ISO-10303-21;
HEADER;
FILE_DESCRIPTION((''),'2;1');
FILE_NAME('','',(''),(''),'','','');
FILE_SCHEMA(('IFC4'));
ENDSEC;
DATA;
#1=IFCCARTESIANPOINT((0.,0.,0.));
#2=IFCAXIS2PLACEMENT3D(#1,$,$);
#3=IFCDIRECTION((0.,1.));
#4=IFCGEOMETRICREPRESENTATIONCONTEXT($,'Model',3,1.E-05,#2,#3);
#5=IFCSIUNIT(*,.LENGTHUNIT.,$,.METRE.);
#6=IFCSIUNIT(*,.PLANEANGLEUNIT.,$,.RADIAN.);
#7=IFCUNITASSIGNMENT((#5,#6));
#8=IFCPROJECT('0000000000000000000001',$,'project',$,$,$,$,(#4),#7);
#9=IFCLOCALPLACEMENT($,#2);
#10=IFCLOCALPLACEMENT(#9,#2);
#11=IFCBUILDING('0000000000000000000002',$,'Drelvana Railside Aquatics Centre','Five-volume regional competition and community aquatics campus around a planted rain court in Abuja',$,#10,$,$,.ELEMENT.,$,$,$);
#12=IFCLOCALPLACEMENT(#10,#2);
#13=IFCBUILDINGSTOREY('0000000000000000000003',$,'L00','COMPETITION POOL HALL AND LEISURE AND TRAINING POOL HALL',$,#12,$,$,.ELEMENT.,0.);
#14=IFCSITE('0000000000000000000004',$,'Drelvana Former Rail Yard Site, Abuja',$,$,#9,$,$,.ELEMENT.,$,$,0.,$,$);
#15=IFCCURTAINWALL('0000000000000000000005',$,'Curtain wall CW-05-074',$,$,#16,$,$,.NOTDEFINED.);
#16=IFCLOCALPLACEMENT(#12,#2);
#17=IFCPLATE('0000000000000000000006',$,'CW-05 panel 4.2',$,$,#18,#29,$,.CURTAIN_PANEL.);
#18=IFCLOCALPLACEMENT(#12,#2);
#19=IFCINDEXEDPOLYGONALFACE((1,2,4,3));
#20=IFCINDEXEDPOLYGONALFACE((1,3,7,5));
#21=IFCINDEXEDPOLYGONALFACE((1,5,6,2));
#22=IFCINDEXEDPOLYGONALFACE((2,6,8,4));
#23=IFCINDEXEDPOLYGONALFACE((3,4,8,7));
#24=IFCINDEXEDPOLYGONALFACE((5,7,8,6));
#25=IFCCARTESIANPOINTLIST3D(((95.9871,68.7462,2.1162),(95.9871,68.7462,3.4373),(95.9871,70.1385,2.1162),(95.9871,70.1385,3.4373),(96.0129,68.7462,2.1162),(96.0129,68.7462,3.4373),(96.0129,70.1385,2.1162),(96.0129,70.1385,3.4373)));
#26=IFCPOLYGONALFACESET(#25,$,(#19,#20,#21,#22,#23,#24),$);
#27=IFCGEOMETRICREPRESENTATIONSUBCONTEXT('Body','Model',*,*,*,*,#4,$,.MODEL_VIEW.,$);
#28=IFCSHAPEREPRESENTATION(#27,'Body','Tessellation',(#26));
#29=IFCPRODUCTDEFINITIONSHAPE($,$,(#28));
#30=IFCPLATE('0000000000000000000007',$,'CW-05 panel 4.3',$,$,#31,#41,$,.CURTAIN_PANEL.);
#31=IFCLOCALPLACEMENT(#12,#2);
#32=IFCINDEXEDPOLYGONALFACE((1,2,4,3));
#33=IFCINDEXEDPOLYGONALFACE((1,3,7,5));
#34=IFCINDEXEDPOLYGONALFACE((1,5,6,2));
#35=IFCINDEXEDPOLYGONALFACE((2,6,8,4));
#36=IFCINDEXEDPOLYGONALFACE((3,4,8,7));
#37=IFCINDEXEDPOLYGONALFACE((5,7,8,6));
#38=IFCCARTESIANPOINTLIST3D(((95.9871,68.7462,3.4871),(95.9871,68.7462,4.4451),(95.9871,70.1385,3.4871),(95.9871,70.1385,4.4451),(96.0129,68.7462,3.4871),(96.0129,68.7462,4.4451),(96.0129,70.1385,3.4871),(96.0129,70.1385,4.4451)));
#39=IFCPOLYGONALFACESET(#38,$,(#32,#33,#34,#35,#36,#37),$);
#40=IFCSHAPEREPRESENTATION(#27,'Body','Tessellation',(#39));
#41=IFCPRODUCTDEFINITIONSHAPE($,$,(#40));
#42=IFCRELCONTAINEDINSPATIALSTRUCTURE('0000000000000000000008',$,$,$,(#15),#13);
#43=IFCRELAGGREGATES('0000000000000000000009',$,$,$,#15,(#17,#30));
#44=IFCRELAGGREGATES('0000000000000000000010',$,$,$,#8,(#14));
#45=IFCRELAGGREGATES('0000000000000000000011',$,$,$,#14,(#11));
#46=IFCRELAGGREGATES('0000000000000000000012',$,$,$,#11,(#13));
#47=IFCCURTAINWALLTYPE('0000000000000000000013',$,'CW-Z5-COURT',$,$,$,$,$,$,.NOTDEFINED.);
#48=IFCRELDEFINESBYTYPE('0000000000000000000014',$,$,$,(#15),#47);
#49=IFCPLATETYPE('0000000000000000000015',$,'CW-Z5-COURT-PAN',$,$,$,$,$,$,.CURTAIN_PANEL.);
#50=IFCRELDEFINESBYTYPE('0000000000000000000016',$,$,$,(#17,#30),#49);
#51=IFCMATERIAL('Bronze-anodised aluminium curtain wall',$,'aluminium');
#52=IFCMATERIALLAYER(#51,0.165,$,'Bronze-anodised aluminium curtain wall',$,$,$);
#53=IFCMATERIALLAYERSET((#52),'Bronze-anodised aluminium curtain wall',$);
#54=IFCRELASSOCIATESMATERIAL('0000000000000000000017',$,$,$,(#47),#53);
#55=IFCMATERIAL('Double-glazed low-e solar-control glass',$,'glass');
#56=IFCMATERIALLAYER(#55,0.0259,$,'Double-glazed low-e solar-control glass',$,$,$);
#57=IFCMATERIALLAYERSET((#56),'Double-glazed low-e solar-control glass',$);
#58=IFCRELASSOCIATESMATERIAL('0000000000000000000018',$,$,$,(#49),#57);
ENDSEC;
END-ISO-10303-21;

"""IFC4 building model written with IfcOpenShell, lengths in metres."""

from ifc_helpers import new_model, si_unit, direction, frame, origin, origin_2d, place, context, subcontext, project, spatial, rectangle, extrude, material, layer, layer_set, type_object, element, aggregate, save


model = new_model("IFC4")

# Units and contexts
model_context = context("Model", 3, precision=1e-05, world=origin(), true_north=direction((0.0, 1.0)))
body_context = subcontext(model_context, "Body", "Model", "MODEL_VIEW")
ifc_project = project(units=[si_unit("LENGTHUNIT", "METRE"), si_unit("PLANEANGLEUNIT", "RADIAN")], contexts=[model_context])

# Site, building, storey
site_placement = place(None, origin())
site = spatial("IfcSite", under=ifc_project, at=site_placement, Name="Drelvana Former Rail Yard Site, Abuja", CompositionType="ELEMENT", RefElevation=0.0)
building_placement = place(site_placement, origin())
building = spatial("IfcBuilding", under=site, at=building_placement, Name="Drelvana Railside Aquatics Centre", Description="Five-volume regional competition and community aquatics campus around a planted rain court in Abuja", CompositionType="ELEMENT")
storey_placement = place(building_placement, origin())
storey = spatial("IfcBuildingStorey", under=building, at=storey_placement, Name="L00", Description="COMPETITION POOL HALL AND LEISURE AND TRAINING POOL HALL", CompositionType="ELEMENT", Elevation=0.0)

# Curtain wall, plates
ifc_material_1 = material(Name="Bronze-anodised aluminium curtain wall", Category="aluminium")
ifc_layer_1 = layer(ifc_material_1, 0.165, Name="Bronze-anodised aluminium curtain wall")
ifc_layer_set_1 = layer_set([ifc_layer_1], Name="Bronze-anodised aluminium curtain wall")
curtain_wall_type = type_object("IfcCurtainWallType", Name="CW-Z5-COURT", PredefinedType="NOTDEFINED", material=ifc_layer_set_1)
curtain_wall_placement = place(storey_placement, origin())
curtain_wall = element("IfcCurtainWall", 1, at=curtain_wall_placement, inside=storey, type_object=curtain_wall_type, Name="Curtain wall CW-05-074", PredefinedType="NOTDEFINED")
ifc_material_2 = material(Name="Double-glazed low-e solar-control glass", Category="glass")
ifc_layer_2 = layer(ifc_material_2, 0.0259, Name="Double-glazed low-e solar-control glass")
ifc_layer_set_2 = layer_set([ifc_layer_2], Name="Double-glazed low-e solar-control glass")
plate_type = type_object("IfcPlateType", Name="CW-Z5-COURT-PAN", PredefinedType="CURTAIN_PANEL", material=ifc_layer_set_2)
plate_1_placement = place(storey_placement, frame((96.0, 69.4424, 2.1162), z_axis=(0.0, 0.0, 1.0), x_axis=(0.0, 1.0, 0.0)))
plate_1 = element("IfcPlate", 2, at=plate_1_placement, type_object=plate_type, Name="CW-05 panel 4.2", PredefinedType="CURTAIN_PANEL", context=body_context, shape_type="SweptSolid", body=[
    extrude(rectangle(XDim=1.3923, YDim=0.0259, at=origin_2d()), origin(), (0.0, 0.0, 1.0), 1.321),
])
plate_2_placement = place(storey_placement, frame((96.0, 69.4424, 3.4871), z_axis=(0.0, 0.0, 1.0), x_axis=(0.0, 1.0, 0.0)))
plate_2 = element("IfcPlate", 3, at=plate_2_placement, type_object=plate_type, Name="CW-05 panel 4.3", PredefinedType="CURTAIN_PANEL", context=body_context, shape_type="SweptSolid", body=[
    extrude(rectangle(XDim=1.3923, YDim=0.0259, at=origin_2d()), origin(), (0.0, 0.0, 1.0), 0.958),
])
aggregate(curtain_wall, [plate_1, plate_2])

save(model, "model.ifc")
